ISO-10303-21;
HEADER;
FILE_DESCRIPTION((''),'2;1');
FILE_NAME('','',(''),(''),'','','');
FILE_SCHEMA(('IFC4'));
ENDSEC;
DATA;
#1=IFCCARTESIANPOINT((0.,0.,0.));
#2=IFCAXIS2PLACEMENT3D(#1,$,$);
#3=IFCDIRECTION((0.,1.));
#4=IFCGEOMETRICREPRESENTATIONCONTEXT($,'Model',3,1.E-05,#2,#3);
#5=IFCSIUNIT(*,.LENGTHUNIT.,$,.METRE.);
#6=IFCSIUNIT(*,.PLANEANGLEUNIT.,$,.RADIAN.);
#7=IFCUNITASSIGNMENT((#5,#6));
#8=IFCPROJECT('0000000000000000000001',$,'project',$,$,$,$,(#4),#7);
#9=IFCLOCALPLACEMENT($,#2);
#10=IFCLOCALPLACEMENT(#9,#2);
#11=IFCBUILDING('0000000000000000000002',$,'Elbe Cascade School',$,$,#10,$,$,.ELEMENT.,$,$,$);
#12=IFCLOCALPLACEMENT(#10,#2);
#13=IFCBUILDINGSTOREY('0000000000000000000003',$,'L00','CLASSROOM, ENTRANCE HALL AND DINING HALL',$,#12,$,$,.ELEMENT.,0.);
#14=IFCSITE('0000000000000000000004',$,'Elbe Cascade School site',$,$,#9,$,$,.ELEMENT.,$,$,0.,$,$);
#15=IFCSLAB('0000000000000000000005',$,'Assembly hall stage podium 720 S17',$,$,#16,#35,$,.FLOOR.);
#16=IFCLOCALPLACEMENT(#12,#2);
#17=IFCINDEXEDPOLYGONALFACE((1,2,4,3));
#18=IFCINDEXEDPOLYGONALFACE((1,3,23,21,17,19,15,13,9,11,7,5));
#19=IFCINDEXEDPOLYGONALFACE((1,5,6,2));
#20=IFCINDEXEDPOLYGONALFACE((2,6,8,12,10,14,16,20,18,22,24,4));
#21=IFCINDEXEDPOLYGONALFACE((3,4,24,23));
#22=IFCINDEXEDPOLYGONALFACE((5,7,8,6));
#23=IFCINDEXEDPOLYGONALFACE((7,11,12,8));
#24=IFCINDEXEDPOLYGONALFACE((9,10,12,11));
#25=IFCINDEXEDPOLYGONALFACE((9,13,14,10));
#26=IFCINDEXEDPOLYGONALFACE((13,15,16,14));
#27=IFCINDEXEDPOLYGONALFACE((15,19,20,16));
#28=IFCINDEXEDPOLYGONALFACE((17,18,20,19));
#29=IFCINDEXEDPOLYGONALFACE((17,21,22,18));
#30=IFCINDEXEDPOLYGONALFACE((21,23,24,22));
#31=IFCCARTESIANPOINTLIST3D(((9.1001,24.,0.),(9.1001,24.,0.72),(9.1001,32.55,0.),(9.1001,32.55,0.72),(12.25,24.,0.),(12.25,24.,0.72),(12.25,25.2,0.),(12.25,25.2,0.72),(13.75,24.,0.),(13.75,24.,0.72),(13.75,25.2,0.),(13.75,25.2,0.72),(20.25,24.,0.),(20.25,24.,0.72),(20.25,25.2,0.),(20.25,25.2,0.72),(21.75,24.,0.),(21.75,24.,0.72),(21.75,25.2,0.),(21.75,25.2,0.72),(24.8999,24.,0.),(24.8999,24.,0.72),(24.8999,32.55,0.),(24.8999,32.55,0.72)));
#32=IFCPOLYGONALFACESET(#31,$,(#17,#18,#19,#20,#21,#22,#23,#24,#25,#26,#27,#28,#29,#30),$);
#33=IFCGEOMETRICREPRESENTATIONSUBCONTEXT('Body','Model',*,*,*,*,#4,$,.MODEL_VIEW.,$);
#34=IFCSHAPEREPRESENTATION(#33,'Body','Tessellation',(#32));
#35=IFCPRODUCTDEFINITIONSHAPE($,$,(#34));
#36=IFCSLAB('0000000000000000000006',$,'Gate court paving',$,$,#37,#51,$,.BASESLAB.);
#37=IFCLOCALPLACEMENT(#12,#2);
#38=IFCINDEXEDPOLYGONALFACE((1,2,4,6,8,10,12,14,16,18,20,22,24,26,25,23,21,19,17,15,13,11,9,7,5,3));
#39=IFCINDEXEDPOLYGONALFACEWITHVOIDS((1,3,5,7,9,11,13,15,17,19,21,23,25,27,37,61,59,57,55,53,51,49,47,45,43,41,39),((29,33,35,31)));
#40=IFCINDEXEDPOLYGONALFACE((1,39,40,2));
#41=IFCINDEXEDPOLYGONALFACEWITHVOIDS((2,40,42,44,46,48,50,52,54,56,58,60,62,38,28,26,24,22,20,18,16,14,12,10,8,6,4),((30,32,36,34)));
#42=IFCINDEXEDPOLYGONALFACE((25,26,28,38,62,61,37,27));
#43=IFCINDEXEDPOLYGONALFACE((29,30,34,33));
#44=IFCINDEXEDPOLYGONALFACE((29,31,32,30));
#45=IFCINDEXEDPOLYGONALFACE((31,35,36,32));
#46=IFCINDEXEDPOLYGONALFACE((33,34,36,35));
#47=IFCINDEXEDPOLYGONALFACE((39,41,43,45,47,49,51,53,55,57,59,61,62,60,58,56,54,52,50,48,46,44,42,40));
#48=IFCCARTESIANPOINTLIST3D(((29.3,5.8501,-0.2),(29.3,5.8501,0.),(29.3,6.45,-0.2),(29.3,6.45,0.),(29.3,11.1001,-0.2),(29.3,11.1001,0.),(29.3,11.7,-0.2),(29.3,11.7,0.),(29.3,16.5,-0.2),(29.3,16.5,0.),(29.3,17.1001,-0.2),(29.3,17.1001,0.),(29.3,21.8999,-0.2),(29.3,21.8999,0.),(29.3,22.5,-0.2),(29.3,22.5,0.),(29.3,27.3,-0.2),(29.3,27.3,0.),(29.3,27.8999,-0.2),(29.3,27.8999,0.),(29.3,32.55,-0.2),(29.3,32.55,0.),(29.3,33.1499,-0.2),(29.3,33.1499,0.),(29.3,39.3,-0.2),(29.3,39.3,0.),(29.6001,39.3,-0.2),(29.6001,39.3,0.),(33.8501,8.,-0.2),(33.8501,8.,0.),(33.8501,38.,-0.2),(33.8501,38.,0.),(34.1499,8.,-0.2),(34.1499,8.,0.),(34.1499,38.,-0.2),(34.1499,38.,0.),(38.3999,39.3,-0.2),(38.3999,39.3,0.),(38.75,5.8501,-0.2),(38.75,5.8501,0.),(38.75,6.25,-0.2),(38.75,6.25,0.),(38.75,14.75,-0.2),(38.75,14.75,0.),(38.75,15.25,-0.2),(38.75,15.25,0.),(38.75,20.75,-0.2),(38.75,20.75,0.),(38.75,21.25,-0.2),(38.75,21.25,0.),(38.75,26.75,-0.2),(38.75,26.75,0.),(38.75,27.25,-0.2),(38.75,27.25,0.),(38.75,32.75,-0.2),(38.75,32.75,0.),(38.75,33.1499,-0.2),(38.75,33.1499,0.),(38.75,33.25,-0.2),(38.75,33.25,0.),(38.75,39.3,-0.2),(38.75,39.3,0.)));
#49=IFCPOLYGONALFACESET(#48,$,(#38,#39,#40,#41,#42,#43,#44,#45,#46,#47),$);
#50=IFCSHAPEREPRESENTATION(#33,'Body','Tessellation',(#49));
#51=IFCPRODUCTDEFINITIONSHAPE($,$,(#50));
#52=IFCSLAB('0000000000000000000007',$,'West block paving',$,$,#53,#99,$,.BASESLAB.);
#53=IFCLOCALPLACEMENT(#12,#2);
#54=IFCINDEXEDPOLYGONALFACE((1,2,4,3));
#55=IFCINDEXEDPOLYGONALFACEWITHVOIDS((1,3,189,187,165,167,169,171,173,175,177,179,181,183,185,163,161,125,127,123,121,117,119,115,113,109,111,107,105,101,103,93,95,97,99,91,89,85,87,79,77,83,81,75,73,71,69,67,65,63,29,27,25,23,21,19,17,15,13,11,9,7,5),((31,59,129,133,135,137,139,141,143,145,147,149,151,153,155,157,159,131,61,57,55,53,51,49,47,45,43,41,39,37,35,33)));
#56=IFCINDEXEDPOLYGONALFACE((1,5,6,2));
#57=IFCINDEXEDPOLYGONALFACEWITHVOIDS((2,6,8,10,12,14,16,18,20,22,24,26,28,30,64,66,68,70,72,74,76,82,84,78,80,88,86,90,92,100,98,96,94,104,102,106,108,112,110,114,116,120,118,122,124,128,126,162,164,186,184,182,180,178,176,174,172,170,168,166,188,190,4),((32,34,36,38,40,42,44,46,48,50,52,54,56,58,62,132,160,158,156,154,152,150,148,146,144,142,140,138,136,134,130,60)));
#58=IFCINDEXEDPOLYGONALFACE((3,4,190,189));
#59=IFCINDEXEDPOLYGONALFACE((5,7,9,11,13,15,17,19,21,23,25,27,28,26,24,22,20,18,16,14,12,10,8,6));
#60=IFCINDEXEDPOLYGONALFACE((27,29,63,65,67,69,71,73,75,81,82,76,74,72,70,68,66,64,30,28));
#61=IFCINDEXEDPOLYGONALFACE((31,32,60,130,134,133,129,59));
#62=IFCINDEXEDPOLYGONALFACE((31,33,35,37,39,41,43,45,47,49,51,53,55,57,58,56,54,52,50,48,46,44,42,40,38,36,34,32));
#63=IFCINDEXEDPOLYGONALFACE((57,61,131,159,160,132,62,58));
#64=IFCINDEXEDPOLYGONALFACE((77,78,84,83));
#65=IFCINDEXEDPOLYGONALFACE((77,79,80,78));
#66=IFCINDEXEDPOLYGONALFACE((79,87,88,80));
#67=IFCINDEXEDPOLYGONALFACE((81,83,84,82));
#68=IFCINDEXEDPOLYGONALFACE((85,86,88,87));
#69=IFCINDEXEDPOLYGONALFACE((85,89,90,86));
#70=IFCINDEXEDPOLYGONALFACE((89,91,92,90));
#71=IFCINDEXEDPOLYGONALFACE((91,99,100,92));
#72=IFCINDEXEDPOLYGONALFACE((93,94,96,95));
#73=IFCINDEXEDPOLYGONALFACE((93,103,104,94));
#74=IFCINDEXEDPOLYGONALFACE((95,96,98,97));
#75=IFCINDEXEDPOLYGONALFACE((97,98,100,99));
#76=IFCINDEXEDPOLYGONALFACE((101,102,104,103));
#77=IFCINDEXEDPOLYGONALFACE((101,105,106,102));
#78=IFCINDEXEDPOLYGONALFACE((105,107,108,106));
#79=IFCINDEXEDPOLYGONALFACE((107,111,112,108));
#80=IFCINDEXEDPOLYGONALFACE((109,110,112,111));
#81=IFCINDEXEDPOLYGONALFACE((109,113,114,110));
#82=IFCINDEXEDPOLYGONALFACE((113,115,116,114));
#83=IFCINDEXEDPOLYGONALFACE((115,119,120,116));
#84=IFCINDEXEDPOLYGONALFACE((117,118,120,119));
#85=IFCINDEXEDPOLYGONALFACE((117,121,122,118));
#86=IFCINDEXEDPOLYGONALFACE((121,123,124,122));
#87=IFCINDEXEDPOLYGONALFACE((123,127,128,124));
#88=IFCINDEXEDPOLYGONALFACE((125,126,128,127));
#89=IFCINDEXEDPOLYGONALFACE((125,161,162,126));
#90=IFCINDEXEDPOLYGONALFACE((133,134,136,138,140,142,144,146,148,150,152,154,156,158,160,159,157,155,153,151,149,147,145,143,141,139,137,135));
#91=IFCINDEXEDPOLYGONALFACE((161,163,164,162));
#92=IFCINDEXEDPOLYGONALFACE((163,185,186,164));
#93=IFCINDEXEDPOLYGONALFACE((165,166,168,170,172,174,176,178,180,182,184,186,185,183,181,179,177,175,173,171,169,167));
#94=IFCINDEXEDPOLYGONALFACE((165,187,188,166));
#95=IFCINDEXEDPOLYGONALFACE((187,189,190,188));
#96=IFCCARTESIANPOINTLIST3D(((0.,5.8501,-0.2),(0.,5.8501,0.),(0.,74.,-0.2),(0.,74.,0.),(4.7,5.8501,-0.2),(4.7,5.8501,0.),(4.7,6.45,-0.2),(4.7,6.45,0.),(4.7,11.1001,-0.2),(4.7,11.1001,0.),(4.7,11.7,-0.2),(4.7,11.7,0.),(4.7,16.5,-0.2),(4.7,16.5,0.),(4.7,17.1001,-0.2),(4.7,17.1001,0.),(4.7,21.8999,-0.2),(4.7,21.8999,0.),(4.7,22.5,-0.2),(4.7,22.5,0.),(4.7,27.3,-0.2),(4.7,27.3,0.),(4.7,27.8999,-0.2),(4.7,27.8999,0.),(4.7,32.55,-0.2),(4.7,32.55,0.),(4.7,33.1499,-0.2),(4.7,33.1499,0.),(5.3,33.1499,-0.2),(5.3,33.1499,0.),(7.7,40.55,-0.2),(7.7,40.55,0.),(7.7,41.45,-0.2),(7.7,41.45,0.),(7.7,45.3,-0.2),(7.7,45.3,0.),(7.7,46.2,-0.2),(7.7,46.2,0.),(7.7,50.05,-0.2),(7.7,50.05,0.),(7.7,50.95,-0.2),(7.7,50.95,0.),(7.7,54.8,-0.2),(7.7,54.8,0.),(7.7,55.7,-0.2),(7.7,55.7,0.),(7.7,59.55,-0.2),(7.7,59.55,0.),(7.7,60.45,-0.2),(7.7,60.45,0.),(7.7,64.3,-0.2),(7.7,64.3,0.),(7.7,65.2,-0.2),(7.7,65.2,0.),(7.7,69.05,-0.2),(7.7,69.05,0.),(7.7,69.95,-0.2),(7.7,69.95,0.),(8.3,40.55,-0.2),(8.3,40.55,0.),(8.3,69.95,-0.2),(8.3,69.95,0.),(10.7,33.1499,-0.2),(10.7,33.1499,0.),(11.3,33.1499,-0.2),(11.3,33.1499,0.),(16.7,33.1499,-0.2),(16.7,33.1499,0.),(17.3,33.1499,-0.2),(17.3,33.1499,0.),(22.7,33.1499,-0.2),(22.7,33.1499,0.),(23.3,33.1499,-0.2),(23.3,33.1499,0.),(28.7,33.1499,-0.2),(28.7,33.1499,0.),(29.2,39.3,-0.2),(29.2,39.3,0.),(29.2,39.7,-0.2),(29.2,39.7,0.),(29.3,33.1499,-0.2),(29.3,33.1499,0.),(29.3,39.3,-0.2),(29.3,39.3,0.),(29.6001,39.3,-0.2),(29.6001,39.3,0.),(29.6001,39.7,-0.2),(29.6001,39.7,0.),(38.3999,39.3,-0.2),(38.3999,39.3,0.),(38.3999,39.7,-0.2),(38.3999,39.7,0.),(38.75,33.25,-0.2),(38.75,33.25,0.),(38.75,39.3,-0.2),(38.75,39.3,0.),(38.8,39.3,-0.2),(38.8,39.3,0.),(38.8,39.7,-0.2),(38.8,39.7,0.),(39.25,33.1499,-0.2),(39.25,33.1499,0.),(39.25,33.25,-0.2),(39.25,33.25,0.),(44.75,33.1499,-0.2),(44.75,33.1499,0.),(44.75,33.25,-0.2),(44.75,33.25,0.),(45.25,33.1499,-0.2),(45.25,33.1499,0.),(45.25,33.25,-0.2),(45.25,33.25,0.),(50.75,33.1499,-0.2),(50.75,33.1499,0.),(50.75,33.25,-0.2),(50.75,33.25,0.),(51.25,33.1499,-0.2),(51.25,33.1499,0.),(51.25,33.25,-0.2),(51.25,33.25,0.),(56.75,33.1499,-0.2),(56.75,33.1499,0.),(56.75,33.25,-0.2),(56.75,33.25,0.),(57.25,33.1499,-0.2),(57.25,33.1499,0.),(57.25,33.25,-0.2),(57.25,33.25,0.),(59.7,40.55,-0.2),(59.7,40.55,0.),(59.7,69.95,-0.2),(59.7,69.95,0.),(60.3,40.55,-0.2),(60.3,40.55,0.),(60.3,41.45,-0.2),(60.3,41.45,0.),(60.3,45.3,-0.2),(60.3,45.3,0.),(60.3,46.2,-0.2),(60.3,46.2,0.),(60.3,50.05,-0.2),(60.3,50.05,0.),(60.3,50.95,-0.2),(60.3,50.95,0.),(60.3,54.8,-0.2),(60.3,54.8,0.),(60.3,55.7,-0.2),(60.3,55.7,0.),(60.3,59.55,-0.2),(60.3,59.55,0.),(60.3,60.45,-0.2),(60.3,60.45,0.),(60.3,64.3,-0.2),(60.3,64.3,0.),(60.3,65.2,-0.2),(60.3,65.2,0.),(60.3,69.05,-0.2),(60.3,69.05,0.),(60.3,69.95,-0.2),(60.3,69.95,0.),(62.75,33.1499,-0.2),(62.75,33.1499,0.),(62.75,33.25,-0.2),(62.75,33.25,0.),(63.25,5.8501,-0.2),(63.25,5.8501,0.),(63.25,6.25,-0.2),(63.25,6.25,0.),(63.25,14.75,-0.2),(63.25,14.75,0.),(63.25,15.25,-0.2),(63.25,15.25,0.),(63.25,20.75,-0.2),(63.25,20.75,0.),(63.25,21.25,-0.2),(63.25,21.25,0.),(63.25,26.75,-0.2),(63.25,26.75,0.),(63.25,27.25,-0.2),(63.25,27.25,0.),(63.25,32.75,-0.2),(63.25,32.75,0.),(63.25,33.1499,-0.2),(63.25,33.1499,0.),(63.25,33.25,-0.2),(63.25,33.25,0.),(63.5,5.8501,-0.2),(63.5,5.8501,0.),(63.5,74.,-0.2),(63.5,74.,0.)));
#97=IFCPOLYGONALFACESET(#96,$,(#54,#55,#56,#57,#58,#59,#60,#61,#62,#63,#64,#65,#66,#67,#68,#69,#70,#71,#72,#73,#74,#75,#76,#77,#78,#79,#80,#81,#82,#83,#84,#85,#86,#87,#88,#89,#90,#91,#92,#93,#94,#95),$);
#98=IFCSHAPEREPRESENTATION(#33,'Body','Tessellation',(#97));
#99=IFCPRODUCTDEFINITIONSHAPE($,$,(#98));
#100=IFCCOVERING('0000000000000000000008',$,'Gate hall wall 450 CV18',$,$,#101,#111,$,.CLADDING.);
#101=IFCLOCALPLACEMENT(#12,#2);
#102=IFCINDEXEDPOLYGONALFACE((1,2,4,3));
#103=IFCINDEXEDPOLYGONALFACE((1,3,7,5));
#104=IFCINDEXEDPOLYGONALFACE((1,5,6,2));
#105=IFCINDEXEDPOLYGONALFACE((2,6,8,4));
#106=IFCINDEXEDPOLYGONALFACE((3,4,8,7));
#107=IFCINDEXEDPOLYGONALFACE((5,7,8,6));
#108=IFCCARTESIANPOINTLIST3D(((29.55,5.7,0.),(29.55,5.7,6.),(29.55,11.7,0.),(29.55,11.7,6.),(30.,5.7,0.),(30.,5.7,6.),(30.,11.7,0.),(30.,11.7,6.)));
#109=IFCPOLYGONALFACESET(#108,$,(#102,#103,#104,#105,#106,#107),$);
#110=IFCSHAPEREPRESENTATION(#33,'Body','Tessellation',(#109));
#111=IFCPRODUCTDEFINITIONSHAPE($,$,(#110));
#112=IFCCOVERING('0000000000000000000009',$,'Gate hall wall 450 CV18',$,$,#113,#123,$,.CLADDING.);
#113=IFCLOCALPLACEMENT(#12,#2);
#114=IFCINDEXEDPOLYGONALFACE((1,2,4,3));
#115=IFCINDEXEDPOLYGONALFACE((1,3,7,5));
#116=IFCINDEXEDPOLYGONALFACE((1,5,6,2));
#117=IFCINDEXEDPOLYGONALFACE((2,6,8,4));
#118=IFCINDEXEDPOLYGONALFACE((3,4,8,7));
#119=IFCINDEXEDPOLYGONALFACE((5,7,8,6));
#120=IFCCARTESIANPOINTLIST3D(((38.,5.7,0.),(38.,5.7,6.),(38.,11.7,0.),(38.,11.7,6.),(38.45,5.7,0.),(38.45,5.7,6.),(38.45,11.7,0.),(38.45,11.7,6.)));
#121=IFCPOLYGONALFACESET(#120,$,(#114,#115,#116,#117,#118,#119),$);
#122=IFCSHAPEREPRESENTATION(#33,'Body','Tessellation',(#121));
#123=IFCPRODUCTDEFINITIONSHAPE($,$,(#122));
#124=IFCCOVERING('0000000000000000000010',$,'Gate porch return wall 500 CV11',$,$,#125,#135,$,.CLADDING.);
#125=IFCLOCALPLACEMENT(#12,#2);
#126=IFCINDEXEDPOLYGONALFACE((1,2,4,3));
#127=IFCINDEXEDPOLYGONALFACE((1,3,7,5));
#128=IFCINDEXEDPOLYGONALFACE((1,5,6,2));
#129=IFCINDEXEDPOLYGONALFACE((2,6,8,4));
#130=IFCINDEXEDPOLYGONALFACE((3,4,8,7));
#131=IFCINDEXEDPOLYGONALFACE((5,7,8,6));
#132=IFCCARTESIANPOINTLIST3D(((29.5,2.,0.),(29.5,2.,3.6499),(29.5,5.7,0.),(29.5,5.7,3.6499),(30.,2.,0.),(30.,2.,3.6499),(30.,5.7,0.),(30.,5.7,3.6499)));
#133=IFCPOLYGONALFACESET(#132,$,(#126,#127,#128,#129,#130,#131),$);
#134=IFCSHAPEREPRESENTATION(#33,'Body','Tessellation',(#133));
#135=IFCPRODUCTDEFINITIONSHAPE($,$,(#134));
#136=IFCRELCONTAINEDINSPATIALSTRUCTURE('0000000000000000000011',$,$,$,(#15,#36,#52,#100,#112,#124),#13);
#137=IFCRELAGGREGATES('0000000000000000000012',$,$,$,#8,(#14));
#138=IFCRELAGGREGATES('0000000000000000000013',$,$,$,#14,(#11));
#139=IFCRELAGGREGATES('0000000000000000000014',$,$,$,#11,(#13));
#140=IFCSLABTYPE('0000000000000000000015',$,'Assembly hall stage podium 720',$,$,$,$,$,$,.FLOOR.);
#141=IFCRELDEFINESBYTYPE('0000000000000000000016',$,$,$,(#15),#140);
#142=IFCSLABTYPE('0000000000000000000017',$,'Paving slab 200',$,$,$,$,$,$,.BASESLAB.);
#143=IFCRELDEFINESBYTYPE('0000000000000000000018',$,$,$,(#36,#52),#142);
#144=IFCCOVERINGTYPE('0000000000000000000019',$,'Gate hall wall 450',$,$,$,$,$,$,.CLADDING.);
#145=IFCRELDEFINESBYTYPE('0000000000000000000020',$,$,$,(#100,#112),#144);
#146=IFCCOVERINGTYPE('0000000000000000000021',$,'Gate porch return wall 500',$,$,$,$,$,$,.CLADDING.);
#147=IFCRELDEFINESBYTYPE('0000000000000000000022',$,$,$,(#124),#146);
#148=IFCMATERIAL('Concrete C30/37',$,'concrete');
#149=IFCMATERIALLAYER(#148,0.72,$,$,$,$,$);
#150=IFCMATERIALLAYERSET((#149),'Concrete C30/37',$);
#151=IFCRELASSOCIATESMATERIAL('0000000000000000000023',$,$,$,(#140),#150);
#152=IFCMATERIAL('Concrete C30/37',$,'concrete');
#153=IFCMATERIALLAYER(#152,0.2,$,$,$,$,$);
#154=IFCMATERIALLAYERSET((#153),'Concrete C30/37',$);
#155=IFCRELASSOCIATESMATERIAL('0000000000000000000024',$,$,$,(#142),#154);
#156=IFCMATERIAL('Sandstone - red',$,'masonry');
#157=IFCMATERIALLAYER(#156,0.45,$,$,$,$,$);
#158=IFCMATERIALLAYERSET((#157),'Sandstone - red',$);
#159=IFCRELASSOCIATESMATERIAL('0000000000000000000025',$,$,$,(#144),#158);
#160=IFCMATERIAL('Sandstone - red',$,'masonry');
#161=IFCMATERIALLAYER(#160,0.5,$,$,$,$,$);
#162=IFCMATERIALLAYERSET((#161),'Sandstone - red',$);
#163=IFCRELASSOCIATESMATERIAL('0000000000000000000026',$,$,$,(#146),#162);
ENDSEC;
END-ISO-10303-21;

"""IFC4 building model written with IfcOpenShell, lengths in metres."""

from ifc_helpers import new_model, si_unit, direction, frame, origin, place, context, subcontext, project, spatial, polyline, outline, extrude, material, layer, layer_set, type_object, element, save


model = new_model("IFC4")

# Units and contexts
model_context = context("Model", 3, precision=1e-05, world=origin(), true_north=direction((0.0, 1.0)))
body_context = subcontext(model_context, "Body", "Model", "MODEL_VIEW")
ifc_project = project(units=[si_unit("LENGTHUNIT", "METRE"), si_unit("PLANEANGLEUNIT", "RADIAN")], contexts=[model_context])

# Site, building, storey
site_placement = place(None, origin())
site = spatial("IfcSite", under=ifc_project, at=site_placement, Name="Elbe Cascade School site", CompositionType="ELEMENT", RefElevation=0.0)
building_placement = place(site_placement, origin())
building = spatial("IfcBuilding", under=site, at=building_placement, Name="Elbe Cascade School", CompositionType="ELEMENT")
storey_placement = place(building_placement, origin())
storey = spatial("IfcBuildingStorey", under=building, at=storey_placement, Name="L00", Description="CLASSROOM, ENTRANCE HALL AND DINING HALL", CompositionType="ELEMENT", Elevation=0.0)

# Slabs
ifc_material_1 = material(Name="Concrete C30/37", Category="concrete")
ifc_layer_1 = layer(ifc_material_1, 0.72)
ifc_layer_set_1 = layer_set([ifc_layer_1], Name="Concrete C30/37")
slab_type_1 = type_object("IfcSlabType", Name="Assembly hall stage podium 720", PredefinedType="FLOOR", material=ifc_layer_set_1)
slab_1_placement = place(storey_placement, origin())
element("IfcSlab", 1, at=slab_1_placement, inside=storey, type_object=slab_type_1, Name="Assembly hall stage podium 720 S17", PredefinedType="FLOOR", context=body_context, shape_type="SweptSolid", body=[
    extrude(outline(polyline([(9.1001, 24.0), (9.1001, 32.55), (24.8999, 32.55), (24.8999, 24.0), (21.75, 24.0), (21.75, 25.2), (20.25, 25.2), (20.25, 24.0), (13.75, 24.0), (13.75, 25.2), (12.25, 25.2), (12.25, 24.0), (9.1001, 24.0)])), origin(), (0.0, 0.0, 1.0), 0.72),
])
ifc_material_2 = material(Name="Concrete C30/37", Category="concrete")
ifc_layer_2 = layer(ifc_material_2, 0.2)
ifc_layer_set_2 = layer_set([ifc_layer_2], Name="Concrete C30/37")
slab_type_2 = type_object("IfcSlabType", Name="Paving slab 200", PredefinedType="BASESLAB", material=ifc_layer_set_2)
slab_2_placement = place(storey_placement, frame((0.0, 0.0, -0.2)))
element("IfcSlab", 2, at=slab_2_placement, inside=storey, type_object=slab_type_2, Name="Gate court paving", PredefinedType="BASESLAB", context=body_context, shape_type="SweptSolid", body=[
    extrude(outline(polyline([(38.3999, 39.3), (29.6001, 39.3), (29.3, 39.3), (29.3, 33.1499), (29.3, 32.55), (29.3, 27.8999), (29.3, 27.3), (29.3, 22.5), (29.3, 21.8999), (29.3, 17.1001), (29.3, 16.5), (29.3, 11.7), (29.3, 11.1001), (29.3, 6.45), (29.3, 5.8501), (29.3, 5.8501), (38.75, 5.8501), (38.75, 6.25), (38.75, 14.75), (38.75, 15.25), (38.75, 20.75), (38.75, 21.25), (38.75, 26.75), (38.75, 27.25), (38.75, 32.75), (38.75, 33.1499), (38.75, 33.25), (38.75, 39.3), (38.3999, 39.3)]), holes=[polyline([(34.1499, 8.0), (33.8501, 8.0), (33.8501, 38.0), (34.1499, 38.0), (34.1499, 8.0)])]), origin(), (0.0, 0.0, 1.0), 0.2),
])
slab_3_placement = place(storey_placement, frame((0.0, 0.0, -0.2)))
element("IfcSlab", 3, at=slab_3_placement, inside=storey, type_object=slab_type_2, Name="West block paving", PredefinedType="BASESLAB", context=body_context, shape_type="SweptSolid", body=[
    extrude(outline(polyline([(0.0, 5.8501), (4.7, 5.8501), (4.7, 5.8501), (4.7, 6.45), (4.7, 11.1001), (4.7, 11.7), (4.7, 16.5), (4.7, 17.1001), (4.7, 21.8999), (4.7, 22.5), (4.7, 27.3), (4.7, 27.8999), (4.7, 32.55), (4.7, 33.1499), (5.3, 33.1499), (10.7, 33.1499), (11.3, 33.1499), (16.7, 33.1499), (17.3, 33.1499), (22.7, 33.1499), (23.3, 33.1499), (28.7, 33.1499), (29.3, 33.1499), (29.3, 39.3), (29.2, 39.3), (29.2, 39.7), (29.6001, 39.7), (29.6001, 39.3), (38.3999, 39.3), (38.3999, 39.7), (38.8, 39.7), (38.8, 39.3), (38.75, 39.3), (38.75, 33.25), (39.25, 33.25), (39.25, 33.1499), (44.75, 33.1499), (44.75, 33.25), (45.25, 33.25), (45.25, 33.1499), (50.75, 33.1499), (50.75, 33.25), (51.25, 33.25), (51.25, 33.1499), (56.75, 33.1499), (56.75, 33.25), (57.25, 33.25), (57.25, 33.1499), (62.75, 33.1499), (62.75, 33.25), (63.25, 33.25), (63.25, 33.1499), (63.25, 32.75), (63.25, 27.25), (63.25, 26.75), (63.25, 21.25), (63.25, 20.75), (63.25, 15.25), (63.25, 14.75), (63.25, 6.25), (63.25, 5.8501), (63.5, 5.8501), (63.5, 74.0), (0.0, 74.0), (0.0, 5.8501)]), holes=[polyline([(7.7, 45.3), (7.7, 46.2), (7.7, 50.05), (7.7, 50.95), (7.7, 54.8), (7.7, 55.7), (7.7, 59.55), (7.7, 60.45), (7.7, 64.3), (7.7, 65.2), (7.7, 69.05), (7.7, 69.95), (8.3, 69.95), (59.7, 69.95), (60.3, 69.95), (60.3, 69.05), (60.3, 65.2), (60.3, 64.3), (60.3, 60.45), (60.3, 59.55), (60.3, 55.7), (60.3, 54.8), (60.3, 50.95), (60.3, 50.05), (60.3, 46.2), (60.3, 45.3), (60.3, 41.45), (60.3, 40.55), (59.7, 40.55), (8.3, 40.55), (7.7, 40.55), (7.7, 41.45), (7.7, 45.3)])]), origin(), (0.0, 0.0, 1.0), 0.2),
])

# Coverings
ifc_material_3 = material(Name="Sandstone - red", Category="masonry")
ifc_layer_3 = layer(ifc_material_3, 0.45)
ifc_layer_set_3 = layer_set([ifc_layer_3], Name="Sandstone - red")
covering_type_1 = type_object("IfcCoveringType", Name="Gate hall wall 450", PredefinedType="CLADDING", material=ifc_layer_set_3)
covering_1_placement = place(storey_placement, origin())
element("IfcCovering", 4, at=covering_1_placement, inside=storey, type_object=covering_type_1, Name="Gate hall wall 450 CV18", PredefinedType="CLADDING", context=body_context, shape_type="SweptSolid", body=[
    extrude(outline(polyline([(29.55, 5.7), (30.0, 5.7), (30.0, 11.7), (29.55, 11.7), (29.55, 5.7)])), origin(), (0.0, 0.0, 1.0), 6.0),
])
covering_2_placement = place(storey_placement, origin())
element("IfcCovering", 5, at=covering_2_placement, inside=storey, type_object=covering_type_1, Name="Gate hall wall 450 CV18", PredefinedType="CLADDING", context=body_context, shape_type="SweptSolid", body=[
    extrude(outline(polyline([(38.0, 5.7), (38.45, 5.7), (38.45, 11.7), (38.0, 11.7), (38.0, 5.7)])), origin(), (0.0, 0.0, 1.0), 6.0),
])
ifc_material_4 = material(Name="Sandstone - red", Category="masonry")
ifc_layer_4 = layer(ifc_material_4, 0.5)
ifc_layer_set_4 = layer_set([ifc_layer_4], Name="Sandstone - red")
covering_type_2 = type_object("IfcCoveringType", Name="Gate porch return wall 500", PredefinedType="CLADDING", material=ifc_layer_set_4)
covering_3_placement = place(storey_placement, origin())
element("IfcCovering", 6, at=covering_3_placement, inside=storey, type_object=covering_type_2, Name="Gate porch return wall 500 CV11", PredefinedType="CLADDING", context=body_context, shape_type="SweptSolid", body=[
    extrude(outline(polyline([(29.5, 2.0), (30.0, 2.0), (30.0, 5.7), (29.5, 5.7), (29.5, 2.0)])), origin(), (0.0, 0.0, 1.0), 3.6499),
])

save(model, "model.ifc")
